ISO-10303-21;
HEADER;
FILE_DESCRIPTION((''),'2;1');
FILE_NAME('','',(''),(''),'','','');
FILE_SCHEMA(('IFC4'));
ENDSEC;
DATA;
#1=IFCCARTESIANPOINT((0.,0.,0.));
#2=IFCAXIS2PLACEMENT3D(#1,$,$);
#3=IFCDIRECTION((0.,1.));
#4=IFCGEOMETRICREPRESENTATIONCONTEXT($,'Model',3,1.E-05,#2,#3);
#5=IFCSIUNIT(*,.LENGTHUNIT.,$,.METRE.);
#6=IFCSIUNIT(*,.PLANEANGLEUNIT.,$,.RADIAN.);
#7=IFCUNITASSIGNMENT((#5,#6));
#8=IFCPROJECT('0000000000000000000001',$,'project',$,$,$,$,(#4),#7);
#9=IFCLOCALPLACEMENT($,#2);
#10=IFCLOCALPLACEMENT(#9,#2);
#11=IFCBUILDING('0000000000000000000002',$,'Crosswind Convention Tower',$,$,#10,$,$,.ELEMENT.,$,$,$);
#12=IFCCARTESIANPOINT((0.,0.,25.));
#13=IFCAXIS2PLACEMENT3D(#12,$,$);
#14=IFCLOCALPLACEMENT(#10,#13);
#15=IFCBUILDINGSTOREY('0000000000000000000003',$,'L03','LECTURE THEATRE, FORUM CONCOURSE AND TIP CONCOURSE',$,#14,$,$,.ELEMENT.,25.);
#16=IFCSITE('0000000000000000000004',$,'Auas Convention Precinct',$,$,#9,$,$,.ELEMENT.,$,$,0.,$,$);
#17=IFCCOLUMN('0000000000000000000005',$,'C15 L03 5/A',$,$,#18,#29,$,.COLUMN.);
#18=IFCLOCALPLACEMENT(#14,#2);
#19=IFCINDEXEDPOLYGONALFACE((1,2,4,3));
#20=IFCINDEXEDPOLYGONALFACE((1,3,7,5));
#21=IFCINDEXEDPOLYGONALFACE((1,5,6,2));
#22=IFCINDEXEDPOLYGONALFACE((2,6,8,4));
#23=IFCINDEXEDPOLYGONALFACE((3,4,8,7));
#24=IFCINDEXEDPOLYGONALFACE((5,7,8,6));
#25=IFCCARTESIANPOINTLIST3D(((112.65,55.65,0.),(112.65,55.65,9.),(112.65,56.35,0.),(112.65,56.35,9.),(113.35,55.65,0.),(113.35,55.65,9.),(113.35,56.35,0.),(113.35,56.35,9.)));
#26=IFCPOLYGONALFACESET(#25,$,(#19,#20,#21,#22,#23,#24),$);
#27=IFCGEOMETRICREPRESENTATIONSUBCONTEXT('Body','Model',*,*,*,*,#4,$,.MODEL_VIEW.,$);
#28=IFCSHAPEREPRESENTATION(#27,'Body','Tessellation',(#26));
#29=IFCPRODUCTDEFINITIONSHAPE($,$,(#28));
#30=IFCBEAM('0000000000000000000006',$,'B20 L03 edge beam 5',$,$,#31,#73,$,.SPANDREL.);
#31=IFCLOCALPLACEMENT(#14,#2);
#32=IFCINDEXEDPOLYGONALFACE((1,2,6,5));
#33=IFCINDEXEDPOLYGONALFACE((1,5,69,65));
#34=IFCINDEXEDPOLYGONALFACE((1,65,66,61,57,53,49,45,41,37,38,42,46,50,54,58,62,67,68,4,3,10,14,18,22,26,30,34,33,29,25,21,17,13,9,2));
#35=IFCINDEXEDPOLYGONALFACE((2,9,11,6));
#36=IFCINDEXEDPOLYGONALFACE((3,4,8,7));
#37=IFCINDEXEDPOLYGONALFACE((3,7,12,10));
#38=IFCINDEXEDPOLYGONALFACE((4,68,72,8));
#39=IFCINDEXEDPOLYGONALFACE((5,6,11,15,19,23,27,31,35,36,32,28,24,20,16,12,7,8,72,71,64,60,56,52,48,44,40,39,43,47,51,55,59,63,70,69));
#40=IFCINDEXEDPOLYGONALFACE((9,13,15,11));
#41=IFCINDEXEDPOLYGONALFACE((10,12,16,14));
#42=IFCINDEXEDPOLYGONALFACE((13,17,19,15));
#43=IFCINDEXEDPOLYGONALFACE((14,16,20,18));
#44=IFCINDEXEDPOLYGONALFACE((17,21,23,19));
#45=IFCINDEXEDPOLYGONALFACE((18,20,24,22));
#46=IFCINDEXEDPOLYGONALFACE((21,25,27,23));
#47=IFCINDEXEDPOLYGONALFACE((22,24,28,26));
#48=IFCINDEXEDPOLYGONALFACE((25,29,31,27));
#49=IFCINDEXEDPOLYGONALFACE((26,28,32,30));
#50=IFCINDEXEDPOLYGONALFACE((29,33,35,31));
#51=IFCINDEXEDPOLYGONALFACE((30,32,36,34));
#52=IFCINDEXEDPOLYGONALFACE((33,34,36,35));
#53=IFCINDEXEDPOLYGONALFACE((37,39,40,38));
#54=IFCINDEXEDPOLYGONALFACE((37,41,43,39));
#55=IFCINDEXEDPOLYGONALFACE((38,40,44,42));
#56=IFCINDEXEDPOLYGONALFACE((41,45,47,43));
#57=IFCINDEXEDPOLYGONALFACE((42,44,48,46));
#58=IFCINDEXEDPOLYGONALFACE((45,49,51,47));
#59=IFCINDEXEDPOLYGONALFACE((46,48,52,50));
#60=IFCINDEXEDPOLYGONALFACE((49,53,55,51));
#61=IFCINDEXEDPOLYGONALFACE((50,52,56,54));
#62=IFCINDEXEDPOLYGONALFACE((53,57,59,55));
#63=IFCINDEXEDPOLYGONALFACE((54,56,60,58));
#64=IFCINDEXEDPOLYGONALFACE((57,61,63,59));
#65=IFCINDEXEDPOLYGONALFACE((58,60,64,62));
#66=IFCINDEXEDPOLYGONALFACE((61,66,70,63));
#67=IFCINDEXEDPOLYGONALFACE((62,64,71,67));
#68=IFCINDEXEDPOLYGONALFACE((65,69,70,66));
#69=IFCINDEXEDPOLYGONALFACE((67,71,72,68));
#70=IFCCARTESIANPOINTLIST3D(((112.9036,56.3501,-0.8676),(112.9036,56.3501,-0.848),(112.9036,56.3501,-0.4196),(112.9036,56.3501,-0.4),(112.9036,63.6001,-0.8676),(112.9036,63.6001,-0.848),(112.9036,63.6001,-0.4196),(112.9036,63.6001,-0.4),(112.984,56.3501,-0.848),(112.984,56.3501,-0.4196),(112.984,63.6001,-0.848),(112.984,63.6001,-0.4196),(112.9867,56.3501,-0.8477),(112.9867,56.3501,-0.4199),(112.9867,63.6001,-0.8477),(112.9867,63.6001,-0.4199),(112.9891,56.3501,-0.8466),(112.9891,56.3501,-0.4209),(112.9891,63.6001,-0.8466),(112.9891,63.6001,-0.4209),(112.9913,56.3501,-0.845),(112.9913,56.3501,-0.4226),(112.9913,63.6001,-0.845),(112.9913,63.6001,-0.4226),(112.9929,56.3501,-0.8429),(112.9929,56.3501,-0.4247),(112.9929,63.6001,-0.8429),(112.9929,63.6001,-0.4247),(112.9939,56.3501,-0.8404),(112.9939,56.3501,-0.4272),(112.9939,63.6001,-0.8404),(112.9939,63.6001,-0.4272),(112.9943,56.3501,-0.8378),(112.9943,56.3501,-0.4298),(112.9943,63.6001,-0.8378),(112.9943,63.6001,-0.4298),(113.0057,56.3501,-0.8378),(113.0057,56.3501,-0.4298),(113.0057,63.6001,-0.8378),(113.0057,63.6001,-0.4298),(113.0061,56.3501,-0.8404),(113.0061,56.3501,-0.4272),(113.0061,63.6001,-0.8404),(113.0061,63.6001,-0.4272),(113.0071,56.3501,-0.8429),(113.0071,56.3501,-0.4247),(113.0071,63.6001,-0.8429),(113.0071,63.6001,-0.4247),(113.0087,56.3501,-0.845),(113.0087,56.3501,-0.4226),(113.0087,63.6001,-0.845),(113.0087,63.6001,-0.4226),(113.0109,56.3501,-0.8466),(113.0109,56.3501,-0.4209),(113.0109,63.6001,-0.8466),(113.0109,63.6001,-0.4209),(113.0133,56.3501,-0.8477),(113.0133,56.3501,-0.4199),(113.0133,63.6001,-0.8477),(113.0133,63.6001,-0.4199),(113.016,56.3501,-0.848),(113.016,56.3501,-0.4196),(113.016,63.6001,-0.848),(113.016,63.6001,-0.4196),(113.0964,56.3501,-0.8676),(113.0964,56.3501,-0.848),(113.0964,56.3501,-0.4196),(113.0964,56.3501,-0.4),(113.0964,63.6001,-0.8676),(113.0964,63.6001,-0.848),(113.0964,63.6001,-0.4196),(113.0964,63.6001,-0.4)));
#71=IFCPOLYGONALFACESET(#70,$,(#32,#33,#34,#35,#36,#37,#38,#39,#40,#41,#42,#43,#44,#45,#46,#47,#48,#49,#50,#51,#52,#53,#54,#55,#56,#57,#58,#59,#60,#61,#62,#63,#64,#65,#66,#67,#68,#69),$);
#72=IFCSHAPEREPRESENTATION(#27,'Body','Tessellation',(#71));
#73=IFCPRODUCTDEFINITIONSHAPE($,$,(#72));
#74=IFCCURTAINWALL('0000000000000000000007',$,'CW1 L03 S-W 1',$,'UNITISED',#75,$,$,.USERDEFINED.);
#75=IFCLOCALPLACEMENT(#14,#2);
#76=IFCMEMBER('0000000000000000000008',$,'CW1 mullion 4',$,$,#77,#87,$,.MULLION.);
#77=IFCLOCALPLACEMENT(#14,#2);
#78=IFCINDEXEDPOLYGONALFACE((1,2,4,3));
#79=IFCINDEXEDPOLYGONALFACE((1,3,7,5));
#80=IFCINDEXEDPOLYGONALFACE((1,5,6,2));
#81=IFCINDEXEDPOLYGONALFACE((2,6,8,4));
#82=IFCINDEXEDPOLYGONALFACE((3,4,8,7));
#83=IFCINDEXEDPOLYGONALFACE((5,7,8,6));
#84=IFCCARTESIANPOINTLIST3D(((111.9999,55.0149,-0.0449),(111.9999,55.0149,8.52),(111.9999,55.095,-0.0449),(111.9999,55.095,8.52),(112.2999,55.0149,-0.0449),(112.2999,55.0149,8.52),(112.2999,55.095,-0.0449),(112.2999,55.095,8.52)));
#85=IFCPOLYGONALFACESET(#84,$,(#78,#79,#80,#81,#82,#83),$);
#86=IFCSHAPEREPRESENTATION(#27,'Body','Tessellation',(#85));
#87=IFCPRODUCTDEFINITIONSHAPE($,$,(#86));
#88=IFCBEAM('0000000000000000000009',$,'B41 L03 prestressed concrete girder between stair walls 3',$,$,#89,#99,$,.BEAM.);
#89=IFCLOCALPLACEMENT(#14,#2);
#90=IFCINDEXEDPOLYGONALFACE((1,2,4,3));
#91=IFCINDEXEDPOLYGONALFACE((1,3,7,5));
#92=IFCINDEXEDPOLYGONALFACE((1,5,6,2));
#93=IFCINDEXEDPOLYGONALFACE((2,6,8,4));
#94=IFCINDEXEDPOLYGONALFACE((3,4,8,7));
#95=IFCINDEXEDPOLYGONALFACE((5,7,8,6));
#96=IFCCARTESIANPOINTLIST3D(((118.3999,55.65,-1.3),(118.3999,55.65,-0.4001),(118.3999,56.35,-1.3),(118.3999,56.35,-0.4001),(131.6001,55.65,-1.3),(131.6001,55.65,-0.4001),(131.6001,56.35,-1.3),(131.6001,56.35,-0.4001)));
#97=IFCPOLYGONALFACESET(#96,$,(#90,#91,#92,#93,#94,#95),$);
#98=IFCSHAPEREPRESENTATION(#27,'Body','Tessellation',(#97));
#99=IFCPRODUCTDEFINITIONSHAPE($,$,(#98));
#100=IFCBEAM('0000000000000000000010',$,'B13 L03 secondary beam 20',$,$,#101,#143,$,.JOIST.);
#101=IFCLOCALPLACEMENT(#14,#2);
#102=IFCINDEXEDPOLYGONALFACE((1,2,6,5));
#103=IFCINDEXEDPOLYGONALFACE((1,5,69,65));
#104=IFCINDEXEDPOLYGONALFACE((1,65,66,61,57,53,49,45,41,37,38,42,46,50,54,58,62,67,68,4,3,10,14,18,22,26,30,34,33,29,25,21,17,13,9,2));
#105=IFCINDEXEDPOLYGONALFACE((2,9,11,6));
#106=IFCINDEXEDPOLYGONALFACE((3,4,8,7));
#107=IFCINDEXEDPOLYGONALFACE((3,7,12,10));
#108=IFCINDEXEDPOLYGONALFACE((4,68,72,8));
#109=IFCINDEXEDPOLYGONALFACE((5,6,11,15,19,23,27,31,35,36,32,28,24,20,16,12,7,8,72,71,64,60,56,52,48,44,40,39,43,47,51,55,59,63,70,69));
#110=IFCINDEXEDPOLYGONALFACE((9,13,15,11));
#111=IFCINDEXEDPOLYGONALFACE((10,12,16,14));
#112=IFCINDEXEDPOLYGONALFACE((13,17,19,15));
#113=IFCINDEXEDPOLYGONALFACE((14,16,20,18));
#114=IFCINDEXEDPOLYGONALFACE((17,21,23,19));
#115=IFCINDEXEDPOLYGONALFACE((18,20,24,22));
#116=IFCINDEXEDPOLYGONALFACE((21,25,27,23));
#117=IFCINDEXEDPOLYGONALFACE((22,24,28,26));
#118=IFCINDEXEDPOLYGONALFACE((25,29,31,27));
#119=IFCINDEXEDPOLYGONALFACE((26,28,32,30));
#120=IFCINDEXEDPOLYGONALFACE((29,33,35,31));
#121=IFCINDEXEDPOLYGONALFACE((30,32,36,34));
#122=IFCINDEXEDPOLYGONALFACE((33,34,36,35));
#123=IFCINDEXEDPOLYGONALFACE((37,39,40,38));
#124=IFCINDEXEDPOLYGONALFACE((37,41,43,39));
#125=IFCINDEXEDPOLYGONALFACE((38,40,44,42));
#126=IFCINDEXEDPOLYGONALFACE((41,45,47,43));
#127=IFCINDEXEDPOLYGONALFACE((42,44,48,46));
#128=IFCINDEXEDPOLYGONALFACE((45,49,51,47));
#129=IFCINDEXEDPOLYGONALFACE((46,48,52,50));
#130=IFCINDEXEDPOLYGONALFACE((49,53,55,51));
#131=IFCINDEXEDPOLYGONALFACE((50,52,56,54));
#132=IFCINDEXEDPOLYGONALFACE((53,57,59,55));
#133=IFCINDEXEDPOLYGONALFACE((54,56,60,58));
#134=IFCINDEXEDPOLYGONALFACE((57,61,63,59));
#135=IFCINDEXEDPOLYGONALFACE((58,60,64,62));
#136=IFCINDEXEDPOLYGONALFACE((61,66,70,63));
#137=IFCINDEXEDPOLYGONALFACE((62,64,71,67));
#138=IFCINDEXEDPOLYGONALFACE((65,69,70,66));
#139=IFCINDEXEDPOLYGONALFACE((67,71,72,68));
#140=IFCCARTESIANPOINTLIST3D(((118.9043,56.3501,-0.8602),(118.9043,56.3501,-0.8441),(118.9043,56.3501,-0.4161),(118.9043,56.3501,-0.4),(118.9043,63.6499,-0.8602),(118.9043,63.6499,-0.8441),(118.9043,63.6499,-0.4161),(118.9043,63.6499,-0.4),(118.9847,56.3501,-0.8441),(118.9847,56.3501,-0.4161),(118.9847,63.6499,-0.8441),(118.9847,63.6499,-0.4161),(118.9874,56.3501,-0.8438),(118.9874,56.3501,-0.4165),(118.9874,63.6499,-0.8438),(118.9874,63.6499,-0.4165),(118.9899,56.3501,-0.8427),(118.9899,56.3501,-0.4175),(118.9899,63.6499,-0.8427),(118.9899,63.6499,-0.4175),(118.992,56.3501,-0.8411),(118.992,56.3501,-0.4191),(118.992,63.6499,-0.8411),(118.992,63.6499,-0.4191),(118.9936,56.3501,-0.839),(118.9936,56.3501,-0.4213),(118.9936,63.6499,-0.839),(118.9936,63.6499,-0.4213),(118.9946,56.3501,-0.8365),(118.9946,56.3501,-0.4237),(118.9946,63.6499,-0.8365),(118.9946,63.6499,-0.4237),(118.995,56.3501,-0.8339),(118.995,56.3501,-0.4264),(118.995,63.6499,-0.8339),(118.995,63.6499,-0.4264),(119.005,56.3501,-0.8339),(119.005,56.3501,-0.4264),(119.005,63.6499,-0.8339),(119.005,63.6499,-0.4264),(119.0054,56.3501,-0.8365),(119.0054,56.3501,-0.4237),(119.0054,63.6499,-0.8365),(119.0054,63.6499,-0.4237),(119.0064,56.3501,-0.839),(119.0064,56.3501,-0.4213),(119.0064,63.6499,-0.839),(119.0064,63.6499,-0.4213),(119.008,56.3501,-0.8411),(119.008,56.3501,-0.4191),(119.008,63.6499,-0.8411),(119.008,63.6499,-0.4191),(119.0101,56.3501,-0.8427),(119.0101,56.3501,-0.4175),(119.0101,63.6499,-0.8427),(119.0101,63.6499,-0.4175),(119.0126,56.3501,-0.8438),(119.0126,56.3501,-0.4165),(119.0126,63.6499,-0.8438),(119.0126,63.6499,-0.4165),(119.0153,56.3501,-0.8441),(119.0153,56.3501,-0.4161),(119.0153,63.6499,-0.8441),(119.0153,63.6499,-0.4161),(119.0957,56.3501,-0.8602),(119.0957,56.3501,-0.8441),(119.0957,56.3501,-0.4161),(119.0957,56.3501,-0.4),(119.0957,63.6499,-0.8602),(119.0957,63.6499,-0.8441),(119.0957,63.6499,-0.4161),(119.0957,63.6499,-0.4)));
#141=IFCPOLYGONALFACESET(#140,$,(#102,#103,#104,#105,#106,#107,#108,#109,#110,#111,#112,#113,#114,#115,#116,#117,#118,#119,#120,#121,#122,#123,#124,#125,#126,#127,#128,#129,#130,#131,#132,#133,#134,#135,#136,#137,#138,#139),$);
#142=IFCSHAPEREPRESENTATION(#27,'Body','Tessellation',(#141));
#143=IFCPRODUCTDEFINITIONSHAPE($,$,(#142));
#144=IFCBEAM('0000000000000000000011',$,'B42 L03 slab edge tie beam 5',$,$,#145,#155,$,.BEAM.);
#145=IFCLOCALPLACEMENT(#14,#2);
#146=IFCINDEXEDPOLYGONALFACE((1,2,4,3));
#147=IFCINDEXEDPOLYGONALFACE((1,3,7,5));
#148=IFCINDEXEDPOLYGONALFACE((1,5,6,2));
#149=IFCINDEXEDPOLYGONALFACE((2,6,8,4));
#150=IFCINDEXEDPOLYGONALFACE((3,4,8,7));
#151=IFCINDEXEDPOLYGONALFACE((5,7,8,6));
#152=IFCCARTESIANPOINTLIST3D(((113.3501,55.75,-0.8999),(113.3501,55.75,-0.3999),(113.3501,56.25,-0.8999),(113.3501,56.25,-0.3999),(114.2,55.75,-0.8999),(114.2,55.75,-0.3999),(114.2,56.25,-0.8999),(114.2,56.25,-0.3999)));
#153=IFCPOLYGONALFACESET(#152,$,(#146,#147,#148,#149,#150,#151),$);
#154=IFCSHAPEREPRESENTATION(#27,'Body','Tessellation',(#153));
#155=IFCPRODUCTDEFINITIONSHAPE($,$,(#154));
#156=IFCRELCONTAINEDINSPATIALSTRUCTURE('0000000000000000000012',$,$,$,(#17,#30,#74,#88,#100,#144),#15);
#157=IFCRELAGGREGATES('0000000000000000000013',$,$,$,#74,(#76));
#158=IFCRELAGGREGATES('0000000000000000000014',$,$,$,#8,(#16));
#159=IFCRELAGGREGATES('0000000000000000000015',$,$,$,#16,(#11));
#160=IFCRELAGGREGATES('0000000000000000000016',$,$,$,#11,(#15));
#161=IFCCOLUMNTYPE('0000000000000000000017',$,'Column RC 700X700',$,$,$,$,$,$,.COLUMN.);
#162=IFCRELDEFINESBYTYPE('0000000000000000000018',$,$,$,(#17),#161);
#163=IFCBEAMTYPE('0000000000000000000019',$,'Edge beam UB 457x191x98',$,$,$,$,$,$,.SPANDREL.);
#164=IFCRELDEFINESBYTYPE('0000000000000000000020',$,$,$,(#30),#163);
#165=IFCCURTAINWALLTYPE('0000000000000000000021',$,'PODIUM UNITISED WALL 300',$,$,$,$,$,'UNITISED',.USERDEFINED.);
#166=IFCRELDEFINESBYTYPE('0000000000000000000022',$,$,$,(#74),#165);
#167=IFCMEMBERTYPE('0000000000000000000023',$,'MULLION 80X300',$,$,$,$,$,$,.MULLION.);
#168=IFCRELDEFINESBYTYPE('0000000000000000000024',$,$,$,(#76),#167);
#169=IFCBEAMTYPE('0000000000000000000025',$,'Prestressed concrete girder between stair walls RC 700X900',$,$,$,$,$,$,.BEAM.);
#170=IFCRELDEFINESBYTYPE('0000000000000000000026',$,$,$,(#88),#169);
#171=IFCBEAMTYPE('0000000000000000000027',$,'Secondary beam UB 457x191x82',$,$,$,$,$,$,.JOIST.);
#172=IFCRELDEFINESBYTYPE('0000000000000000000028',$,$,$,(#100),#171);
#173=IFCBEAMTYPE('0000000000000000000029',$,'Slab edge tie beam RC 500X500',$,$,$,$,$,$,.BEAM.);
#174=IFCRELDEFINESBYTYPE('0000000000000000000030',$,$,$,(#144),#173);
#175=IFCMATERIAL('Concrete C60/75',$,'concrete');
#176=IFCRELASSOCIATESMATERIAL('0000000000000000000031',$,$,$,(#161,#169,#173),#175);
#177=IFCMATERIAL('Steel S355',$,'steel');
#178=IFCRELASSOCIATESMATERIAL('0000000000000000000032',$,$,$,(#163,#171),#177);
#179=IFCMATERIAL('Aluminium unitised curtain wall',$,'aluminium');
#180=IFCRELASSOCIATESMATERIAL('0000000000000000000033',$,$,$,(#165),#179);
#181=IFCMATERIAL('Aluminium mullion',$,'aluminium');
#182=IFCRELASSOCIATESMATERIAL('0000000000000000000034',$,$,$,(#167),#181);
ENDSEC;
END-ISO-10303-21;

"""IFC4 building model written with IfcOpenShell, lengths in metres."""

from ifc_helpers import new_model, si_unit, direction, frame, origin, origin_2d, place, context, subcontext, project, spatial, rectangle, i_section, extrude, material, material_profile, profile_set, type_object, element, aggregate, save


model = new_model("IFC4")

# Units and contexts
model_context = context("Model", 3, precision=1e-05, world=origin(), true_north=direction((0.0, 1.0)))
body_context = subcontext(model_context, "Body", "Model", "MODEL_VIEW")
ifc_project = project(units=[si_unit("LENGTHUNIT", "METRE"), si_unit("PLANEANGLEUNIT", "RADIAN")], contexts=[model_context])

# Site, building, storey
site_placement = place(None, origin())
site = spatial("IfcSite", under=ifc_project, at=site_placement, Name="Auas Convention Precinct", CompositionType="ELEMENT", RefElevation=0.0)
building_placement = place(site_placement, origin())
building = spatial("IfcBuilding", under=site, at=building_placement, Name="Crosswind Convention Tower", CompositionType="ELEMENT")
storey_placement = place(building_placement, frame((0.0, 0.0, 25.0)))
storey = spatial("IfcBuildingStorey", under=building, at=storey_placement, Name="L03", Description="LECTURE THEATRE, FORUM CONCOURSE AND TIP CONCOURSE", CompositionType="ELEMENT", Elevation=25.0)

# Column
ifc_material_1 = material(Name="Concrete C60/75", Category="concrete")
ifc_material_profile_1 = material_profile(ifc_material_1, rectangle(XDim=0.7, YDim=0.7, at=origin_2d()), Name="RC 700X700")
ifc_profile_set_1 = profile_set([ifc_material_profile_1], Name="Concrete C60/75")
column_type = type_object("IfcColumnType", Name="Column RC 700X700", PredefinedType="COLUMN", material=ifc_profile_set_1)
column_placement = place(storey_placement, frame((113.0, 56.0, 0.0), z_axis=(0.0, 0.0, 1.0), x_axis=(1.0, 0.0, 0.0)))
element("IfcColumn", 1, at=column_placement, inside=storey, type_object=column_type, Name="C15 L03 5/A", PredefinedType="COLUMN", context=body_context, shape_type="SweptSolid", body=[
    extrude(rectangle(XDim=0.7, YDim=0.7, at=origin_2d()), origin(), (0.0, 0.0, 1.0), 9.0),
])

# Beam
ifc_material_2 = material(Name="Steel S355", Category="steel")
ifc_material_profile_2 = material_profile(ifc_material_2, i_section(OverallWidth=0.1929, OverallDepth=0.4675, WebThickness=0.0115, FlangeThickness=0.0195, FilletRadius=0.0103, at=origin_2d()), Name="UB 457x191x98")
ifc_profile_set_2 = profile_set([ifc_material_profile_2], Name="Steel S355")
beam_type_1 = type_object("IfcBeamType", Name="Edge beam UB 457x191x98", PredefinedType="SPANDREL", material=ifc_profile_set_2)
beam_1_placement = place(storey_placement, frame((113.0, 56.3501, -0.6338), z_axis=(0.0, 1.0, 0.0), x_axis=(-1.0, 0.0, 0.0)))
element("IfcBeam", 2, at=beam_1_placement, inside=storey, type_object=beam_type_1, Name="B20 L03 edge beam 5", PredefinedType="SPANDREL", context=body_context, shape_type="SweptSolid", body=[
    extrude(i_section(OverallWidth=0.1929, OverallDepth=0.4675, WebThickness=0.0115, FlangeThickness=0.0195, FilletRadius=0.0103, at=origin_2d()), origin(), (0.0, 0.0, 1.0), 7.25),
])

# Curtain wall, member
ifc_material_3 = material(Name="Aluminium unitised curtain wall", Category="aluminium")
curtain_wall_type = type_object("IfcCurtainWallType", Name="PODIUM UNITISED WALL 300", ElementType="UNITISED", PredefinedType="USERDEFINED", material=ifc_material_3)
curtain_wall_placement = place(storey_placement, origin())
curtain_wall = element("IfcCurtainWall", 3, at=curtain_wall_placement, inside=storey, type_object=curtain_wall_type, Name="CW1 L03 S-W 1", ObjectType="UNITISED", PredefinedType="USERDEFINED")
ifc_material_4 = material(Name="Aluminium mullion", Category="aluminium")
ifc_material_profile_3 = material_profile(ifc_material_4, rectangle(XDim=0.3, YDim=0.0801, at=origin_2d()), Name="AL 300X80")
ifc_profile_set_3 = profile_set([ifc_material_profile_3], Name="Aluminium mullion")
member_type = type_object("IfcMemberType", Name="MULLION 80X300", PredefinedType="MULLION", material=ifc_profile_set_3)
member_placement = place(storey_placement, frame((112.1499, 55.0549, -0.0449), z_axis=(0.0, 0.0, 1.0), x_axis=(-1.0, 0.0, 0.0)))
member = element("IfcMember", 4, at=member_placement, type_object=member_type, Name="CW1 mullion 4", PredefinedType="MULLION", context=body_context, shape_type="SweptSolid", body=[
    extrude(rectangle(XDim=0.3, YDim=0.0801, at=origin_2d()), origin(), (0.0, 0.0, 1.0), 8.5649),
])

# Beams
ifc_material_profile_4 = material_profile(ifc_material_1, rectangle(XDim=0.7, YDim=0.8999, at=origin_2d()), Name="RC 700X900")
ifc_profile_set_4 = profile_set([ifc_material_profile_4], Name="Concrete C60/75")
beam_type_2 = type_object("IfcBeamType", Name="Prestressed concrete girder between stair walls RC 700X900", PredefinedType="BEAM", material=ifc_profile_set_4)
beam_2_placement = place(storey_placement, frame((118.3999, 56.0, -0.8501), z_axis=(1.0, 0.0, 0.0), x_axis=(0.0, 1.0, 0.0)))
element("IfcBeam", 5, at=beam_2_placement, inside=storey, type_object=beam_type_2, Name="B41 L03 prestressed concrete girder between stair walls 3", PredefinedType="BEAM", context=body_context, shape_type="SweptSolid", body=[
    extrude(rectangle(XDim=0.7, YDim=0.8999, at=origin_2d()), origin(), (0.0, 0.0, 1.0), 13.2002),
])
ifc_material_profile_5 = material_profile(ifc_material_2, i_section(OverallWidth=0.1914, OverallDepth=0.4602, WebThickness=0.01, FlangeThickness=0.0161, FilletRadius=0.0103, at=origin_2d()), Name="UB 457x191x82")
ifc_profile_set_5 = profile_set([ifc_material_profile_5], Name="Steel S355")
beam_type_3 = type_object("IfcBeamType", Name="Secondary beam UB 457x191x82", PredefinedType="JOIST", material=ifc_profile_set_5)
beam_3_placement = place(storey_placement, frame((119.0, 56.3501, -0.6301), z_axis=(0.0, 1.0, 0.0), x_axis=(-1.0, 0.0, 0.0)))
element("IfcBeam", 6, at=beam_3_placement, inside=storey, type_object=beam_type_3, Name="B13 L03 secondary beam 20", PredefinedType="JOIST", context=body_context, shape_type="SweptSolid", body=[
    extrude(i_section(OverallWidth=0.1914, OverallDepth=0.4602, WebThickness=0.01, FlangeThickness=0.0161, FilletRadius=0.0103, at=origin_2d()), origin(), (0.0, 0.0, 1.0), 7.2998),
])
ifc_material_profile_6 = material_profile(ifc_material_1, rectangle(XDim=0.5, YDim=0.5, at=origin_2d()), Name="RC 500X500")
ifc_profile_set_6 = profile_set([ifc_material_profile_6], Name="Concrete C60/75")
beam_type_4 = type_object("IfcBeamType", Name="Slab edge tie beam RC 500X500", PredefinedType="BEAM", material=ifc_profile_set_6)
beam_4_placement = place(storey_placement, frame((113.3501, 56.0, -0.6499), z_axis=(1.0, 0.0, 0.0), x_axis=(0.0, 1.0, 0.0)))
element("IfcBeam", 7, at=beam_4_placement, inside=storey, type_object=beam_type_4, Name="B42 L03 slab edge tie beam 5", PredefinedType="BEAM", context=body_context, shape_type="SweptSolid", body=[
    extrude(rectangle(XDim=0.5, YDim=0.5, at=origin_2d()), origin(), (0.0, 0.0, 1.0), 0.8499),
])

aggregate(curtain_wall, [member])

save(model, "model.ifc")
